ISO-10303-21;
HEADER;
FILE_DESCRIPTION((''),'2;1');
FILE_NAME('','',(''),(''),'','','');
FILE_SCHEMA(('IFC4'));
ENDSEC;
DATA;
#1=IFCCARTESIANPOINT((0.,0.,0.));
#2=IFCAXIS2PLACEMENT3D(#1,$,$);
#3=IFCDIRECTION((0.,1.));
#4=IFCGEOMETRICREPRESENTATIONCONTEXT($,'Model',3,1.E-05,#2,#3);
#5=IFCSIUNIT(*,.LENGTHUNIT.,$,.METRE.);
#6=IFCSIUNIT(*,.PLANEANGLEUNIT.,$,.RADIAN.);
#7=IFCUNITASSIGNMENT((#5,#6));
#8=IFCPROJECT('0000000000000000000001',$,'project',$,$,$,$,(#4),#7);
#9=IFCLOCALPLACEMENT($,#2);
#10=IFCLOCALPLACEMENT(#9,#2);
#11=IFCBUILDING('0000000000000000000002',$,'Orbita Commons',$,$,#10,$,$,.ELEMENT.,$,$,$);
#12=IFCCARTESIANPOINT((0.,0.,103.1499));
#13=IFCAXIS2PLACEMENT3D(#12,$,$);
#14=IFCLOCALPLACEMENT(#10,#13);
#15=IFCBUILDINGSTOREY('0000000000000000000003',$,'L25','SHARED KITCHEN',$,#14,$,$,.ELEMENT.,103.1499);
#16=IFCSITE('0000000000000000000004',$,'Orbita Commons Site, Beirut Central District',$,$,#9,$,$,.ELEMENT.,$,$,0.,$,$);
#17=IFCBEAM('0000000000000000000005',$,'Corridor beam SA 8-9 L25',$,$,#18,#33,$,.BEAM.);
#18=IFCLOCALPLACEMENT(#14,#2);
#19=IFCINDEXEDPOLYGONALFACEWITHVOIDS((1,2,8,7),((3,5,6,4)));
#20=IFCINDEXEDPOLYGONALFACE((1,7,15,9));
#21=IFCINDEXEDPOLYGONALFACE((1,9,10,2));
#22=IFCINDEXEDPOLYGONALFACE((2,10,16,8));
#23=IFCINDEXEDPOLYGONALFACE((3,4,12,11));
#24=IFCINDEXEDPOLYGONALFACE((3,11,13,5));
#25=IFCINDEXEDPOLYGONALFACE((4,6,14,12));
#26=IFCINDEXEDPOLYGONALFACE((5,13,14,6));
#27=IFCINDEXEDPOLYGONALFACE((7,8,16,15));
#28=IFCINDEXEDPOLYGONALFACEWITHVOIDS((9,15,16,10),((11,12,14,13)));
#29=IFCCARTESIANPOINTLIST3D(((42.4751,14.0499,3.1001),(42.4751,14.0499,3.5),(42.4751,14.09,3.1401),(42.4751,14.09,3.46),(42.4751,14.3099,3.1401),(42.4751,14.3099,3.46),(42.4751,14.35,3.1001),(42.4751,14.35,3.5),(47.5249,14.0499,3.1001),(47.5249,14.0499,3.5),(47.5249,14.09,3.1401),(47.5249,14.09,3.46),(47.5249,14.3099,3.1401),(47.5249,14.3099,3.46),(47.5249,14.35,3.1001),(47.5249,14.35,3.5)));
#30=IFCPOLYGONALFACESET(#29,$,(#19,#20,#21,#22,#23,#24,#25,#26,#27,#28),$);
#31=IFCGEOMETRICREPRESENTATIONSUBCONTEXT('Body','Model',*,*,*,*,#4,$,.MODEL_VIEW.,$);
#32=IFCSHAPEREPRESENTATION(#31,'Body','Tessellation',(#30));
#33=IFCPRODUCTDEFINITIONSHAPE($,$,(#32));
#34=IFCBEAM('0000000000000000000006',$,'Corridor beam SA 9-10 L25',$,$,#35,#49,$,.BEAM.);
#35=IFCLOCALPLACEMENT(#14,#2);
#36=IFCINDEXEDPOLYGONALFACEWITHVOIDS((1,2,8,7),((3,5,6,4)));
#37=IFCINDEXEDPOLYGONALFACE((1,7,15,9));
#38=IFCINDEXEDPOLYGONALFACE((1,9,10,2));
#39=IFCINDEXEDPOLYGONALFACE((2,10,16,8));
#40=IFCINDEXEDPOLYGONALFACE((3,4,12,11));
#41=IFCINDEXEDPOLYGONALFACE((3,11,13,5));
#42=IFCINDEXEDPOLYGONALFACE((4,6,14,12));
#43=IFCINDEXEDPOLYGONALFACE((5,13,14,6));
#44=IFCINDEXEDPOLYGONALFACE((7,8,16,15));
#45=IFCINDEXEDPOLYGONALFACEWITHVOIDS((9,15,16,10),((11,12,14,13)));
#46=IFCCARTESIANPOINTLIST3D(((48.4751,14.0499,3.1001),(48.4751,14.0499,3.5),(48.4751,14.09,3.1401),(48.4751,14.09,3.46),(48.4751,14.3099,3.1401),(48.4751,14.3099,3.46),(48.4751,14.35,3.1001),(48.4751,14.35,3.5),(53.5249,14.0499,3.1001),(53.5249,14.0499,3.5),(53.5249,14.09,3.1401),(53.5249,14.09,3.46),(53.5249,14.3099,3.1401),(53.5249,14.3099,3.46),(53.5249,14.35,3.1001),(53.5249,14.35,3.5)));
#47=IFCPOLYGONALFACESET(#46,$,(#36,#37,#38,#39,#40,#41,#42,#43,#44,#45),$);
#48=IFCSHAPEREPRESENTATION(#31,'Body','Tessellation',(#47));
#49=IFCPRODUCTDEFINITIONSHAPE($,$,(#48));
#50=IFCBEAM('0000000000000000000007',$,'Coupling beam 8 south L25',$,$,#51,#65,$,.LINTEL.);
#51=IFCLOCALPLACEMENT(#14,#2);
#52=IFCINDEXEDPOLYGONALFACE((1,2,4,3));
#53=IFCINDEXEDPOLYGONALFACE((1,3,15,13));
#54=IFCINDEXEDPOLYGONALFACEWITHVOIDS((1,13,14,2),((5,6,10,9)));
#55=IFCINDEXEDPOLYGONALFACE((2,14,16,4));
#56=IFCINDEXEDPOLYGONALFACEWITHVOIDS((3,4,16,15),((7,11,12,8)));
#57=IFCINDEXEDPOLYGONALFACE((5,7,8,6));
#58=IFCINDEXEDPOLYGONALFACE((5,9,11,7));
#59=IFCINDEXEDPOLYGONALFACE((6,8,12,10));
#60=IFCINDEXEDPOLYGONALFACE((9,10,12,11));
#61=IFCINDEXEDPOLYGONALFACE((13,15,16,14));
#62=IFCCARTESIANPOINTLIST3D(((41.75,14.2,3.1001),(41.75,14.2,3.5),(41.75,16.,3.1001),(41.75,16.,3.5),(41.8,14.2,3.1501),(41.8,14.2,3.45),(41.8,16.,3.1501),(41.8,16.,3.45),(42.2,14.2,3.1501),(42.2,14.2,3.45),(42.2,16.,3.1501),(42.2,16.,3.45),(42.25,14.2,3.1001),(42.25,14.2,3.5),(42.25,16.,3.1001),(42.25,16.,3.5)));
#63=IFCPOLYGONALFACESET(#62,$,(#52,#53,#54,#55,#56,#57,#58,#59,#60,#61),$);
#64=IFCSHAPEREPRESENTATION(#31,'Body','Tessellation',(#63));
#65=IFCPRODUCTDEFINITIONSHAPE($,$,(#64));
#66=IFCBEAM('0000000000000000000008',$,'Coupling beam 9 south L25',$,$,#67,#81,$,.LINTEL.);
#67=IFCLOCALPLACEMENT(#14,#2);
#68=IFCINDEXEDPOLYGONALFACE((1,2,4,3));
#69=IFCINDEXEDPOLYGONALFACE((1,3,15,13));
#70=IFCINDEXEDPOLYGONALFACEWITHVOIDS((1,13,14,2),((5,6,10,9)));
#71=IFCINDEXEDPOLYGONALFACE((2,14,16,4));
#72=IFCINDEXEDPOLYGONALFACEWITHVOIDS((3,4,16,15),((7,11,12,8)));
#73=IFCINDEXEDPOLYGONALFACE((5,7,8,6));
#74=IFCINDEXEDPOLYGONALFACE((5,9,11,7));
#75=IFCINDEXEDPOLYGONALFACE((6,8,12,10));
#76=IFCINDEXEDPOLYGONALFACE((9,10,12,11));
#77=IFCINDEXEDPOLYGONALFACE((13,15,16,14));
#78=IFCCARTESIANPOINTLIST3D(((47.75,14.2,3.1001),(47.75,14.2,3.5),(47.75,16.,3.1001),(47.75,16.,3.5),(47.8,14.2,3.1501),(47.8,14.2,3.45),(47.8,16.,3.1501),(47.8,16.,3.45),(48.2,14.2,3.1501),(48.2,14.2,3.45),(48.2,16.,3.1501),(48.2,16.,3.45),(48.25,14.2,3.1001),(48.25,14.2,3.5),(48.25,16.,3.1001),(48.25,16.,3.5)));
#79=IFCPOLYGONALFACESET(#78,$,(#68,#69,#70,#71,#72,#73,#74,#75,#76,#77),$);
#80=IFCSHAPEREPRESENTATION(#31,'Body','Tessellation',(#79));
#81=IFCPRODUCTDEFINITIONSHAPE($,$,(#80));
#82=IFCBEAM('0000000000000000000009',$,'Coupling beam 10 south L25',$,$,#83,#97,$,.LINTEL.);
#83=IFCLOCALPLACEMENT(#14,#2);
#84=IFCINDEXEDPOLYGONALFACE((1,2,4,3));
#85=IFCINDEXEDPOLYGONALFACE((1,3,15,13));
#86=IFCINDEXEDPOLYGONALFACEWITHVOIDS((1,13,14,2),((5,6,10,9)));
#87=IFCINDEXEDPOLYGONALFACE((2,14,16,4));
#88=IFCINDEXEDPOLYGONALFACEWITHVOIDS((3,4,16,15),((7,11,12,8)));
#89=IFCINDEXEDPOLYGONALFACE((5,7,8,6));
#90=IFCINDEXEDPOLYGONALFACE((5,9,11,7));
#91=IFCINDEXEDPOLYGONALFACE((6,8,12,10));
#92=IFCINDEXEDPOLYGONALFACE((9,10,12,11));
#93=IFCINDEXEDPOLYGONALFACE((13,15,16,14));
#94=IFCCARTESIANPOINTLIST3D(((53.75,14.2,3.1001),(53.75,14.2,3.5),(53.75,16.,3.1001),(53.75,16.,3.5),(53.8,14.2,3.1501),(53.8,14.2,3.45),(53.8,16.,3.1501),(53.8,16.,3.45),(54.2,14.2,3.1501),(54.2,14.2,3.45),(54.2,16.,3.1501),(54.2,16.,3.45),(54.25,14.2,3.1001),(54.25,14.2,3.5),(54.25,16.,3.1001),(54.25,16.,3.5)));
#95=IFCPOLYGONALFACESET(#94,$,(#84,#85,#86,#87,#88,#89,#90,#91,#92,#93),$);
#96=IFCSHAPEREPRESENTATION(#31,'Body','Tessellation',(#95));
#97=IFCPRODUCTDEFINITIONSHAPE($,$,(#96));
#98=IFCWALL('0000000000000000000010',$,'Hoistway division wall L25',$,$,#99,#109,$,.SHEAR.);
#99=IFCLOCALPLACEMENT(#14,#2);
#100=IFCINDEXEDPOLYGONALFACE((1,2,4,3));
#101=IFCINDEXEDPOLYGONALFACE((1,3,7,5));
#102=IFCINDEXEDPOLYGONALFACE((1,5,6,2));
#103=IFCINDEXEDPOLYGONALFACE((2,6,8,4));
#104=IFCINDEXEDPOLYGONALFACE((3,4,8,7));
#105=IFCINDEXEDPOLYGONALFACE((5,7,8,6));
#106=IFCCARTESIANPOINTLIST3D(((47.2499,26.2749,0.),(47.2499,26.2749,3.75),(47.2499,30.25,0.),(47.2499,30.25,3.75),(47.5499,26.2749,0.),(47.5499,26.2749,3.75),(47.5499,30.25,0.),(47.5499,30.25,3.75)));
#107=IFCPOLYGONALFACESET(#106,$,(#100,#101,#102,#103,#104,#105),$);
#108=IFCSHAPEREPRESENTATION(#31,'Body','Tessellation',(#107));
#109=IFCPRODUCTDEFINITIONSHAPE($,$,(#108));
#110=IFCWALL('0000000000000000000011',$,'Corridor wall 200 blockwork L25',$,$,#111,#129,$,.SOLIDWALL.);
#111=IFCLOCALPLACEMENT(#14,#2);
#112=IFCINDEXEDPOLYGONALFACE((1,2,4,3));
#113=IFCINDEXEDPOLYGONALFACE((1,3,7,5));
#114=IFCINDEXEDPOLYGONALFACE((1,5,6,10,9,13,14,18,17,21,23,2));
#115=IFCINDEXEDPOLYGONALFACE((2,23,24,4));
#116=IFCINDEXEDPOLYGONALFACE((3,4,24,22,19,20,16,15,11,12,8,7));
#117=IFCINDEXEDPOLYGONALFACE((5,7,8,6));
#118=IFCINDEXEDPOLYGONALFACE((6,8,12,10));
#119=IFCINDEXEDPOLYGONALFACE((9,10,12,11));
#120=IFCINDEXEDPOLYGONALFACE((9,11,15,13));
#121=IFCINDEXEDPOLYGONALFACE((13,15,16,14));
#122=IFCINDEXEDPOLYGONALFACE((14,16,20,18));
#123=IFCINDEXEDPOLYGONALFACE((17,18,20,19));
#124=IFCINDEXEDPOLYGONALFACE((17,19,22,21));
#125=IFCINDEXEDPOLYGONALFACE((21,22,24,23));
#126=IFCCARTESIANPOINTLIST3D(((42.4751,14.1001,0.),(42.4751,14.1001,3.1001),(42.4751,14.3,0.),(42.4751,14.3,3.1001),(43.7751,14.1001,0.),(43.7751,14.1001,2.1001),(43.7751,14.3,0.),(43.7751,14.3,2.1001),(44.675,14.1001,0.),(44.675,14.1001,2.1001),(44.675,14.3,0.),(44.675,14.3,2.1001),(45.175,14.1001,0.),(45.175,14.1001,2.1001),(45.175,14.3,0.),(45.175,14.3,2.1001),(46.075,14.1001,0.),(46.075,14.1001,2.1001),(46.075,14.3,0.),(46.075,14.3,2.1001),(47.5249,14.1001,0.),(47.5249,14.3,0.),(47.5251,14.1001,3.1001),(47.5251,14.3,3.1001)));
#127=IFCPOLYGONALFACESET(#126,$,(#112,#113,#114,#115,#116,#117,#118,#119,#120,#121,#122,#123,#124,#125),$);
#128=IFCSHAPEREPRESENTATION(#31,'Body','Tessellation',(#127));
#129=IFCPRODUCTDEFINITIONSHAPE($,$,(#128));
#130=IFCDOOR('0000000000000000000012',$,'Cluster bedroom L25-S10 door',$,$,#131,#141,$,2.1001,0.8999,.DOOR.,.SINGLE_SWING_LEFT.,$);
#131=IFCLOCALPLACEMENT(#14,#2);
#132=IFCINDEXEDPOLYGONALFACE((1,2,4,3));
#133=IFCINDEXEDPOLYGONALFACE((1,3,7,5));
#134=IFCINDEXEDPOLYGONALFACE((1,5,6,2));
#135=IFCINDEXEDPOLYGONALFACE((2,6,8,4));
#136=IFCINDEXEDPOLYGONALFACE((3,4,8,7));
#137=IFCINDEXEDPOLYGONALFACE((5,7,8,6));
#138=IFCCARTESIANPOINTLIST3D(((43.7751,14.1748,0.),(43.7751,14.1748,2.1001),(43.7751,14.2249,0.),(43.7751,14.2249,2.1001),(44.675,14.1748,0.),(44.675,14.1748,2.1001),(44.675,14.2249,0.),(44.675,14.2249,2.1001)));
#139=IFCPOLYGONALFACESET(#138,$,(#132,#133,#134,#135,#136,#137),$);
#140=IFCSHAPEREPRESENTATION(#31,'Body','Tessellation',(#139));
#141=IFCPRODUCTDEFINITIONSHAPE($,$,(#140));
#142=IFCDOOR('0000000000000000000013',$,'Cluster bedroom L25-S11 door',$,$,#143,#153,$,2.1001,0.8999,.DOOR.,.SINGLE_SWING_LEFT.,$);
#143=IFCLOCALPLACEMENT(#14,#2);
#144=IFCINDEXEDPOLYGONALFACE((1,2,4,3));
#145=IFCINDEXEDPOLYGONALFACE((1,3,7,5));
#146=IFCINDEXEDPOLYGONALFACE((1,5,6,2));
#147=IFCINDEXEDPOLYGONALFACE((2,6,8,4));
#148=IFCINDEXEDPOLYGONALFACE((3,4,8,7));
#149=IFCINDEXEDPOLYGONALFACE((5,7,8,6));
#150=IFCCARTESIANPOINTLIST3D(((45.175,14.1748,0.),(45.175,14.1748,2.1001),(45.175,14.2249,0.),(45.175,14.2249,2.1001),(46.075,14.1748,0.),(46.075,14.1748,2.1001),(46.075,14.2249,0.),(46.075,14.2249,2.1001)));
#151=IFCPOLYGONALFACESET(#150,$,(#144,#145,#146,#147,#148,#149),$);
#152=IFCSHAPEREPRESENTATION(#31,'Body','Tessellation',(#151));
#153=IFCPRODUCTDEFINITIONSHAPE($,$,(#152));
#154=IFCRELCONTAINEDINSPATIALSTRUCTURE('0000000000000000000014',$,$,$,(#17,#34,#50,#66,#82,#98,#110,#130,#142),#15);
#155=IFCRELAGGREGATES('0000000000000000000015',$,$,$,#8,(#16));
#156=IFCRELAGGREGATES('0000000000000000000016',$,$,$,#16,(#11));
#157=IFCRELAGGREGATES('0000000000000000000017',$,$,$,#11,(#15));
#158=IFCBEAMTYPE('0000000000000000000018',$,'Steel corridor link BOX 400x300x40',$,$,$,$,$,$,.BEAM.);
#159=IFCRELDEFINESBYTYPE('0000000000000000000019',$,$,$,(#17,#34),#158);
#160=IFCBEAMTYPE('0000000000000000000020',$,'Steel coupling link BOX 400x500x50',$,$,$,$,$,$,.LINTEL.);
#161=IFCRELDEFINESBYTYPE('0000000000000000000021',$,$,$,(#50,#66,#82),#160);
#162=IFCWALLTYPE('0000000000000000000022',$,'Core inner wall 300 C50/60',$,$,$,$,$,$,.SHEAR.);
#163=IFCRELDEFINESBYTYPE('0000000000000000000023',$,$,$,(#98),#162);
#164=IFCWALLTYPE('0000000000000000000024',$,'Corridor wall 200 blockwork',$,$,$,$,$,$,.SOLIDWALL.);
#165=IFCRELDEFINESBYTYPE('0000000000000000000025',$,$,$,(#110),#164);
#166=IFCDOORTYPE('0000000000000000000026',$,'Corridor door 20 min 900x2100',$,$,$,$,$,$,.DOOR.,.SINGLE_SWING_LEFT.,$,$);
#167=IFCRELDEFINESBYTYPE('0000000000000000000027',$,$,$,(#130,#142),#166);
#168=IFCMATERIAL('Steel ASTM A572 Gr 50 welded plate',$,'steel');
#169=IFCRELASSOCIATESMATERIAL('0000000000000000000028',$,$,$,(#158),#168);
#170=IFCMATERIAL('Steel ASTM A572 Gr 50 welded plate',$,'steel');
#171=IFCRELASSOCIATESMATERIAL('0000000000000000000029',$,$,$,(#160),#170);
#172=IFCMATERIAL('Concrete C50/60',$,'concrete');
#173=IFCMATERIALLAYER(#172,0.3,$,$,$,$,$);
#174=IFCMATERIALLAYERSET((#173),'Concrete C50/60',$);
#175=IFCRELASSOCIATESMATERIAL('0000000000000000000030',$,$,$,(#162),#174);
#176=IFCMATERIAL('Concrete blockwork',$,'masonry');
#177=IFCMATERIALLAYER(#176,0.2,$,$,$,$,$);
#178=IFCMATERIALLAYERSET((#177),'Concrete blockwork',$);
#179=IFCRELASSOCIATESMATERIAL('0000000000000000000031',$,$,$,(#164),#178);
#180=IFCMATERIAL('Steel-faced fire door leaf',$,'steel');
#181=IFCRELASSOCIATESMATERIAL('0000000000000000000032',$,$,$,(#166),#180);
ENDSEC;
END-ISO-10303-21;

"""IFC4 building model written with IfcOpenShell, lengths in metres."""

from ifc_helpers import new_model, si_unit, direction, frame, frame_2d, origin, origin_2d, place, context, subcontext, project, spatial, polyline, rectangle, hollow_rectangle, outline, extrude, material, layer, layer_set, material_profile, profile_set, type_object, element, fill, save


model = new_model("IFC4")

# Units and contexts
model_context = context("Model", 3, precision=1e-05, world=origin(), true_north=direction((0.0, 1.0)))
body_context = subcontext(model_context, "Body", "Model", "MODEL_VIEW")
ifc_project = project(units=[si_unit("LENGTHUNIT", "METRE"), si_unit("PLANEANGLEUNIT", "RADIAN")], contexts=[model_context])

# Site, building, storey
site_placement = place(None, origin())
site = spatial("IfcSite", under=ifc_project, at=site_placement, Name="Orbita Commons Site, Beirut Central District", CompositionType="ELEMENT", RefElevation=0.0)
building_placement = place(site_placement, origin())
building = spatial("IfcBuilding", under=site, at=building_placement, Name="Orbita Commons", CompositionType="ELEMENT")
storey_placement = place(building_placement, frame((0.0, 0.0, 103.1499)))
storey = spatial("IfcBuildingStorey", under=building, at=storey_placement, Name="L25", Description="SHARED KITCHEN", CompositionType="ELEMENT", Elevation=103.1499)

# Beams
ifc_material_1 = material(Name="Steel ASTM A572 Gr 50 welded plate", Category="steel")
ifc_material_profile_1 = material_profile(ifc_material_1, hollow_rectangle(XDim=0.3, YDim=0.3999, WallThickness=0.04, at=origin_2d()), Name="BOX 400x300x40")
ifc_profile_set_1 = profile_set([ifc_material_profile_1], Name="Steel ASTM A572 Gr 50 welded plate")
beam_type_1 = type_object("IfcBeamType", Name="Steel corridor link BOX 400x300x40", PredefinedType="BEAM", material=ifc_profile_set_1)
for number, where, z_axis, x_axis, name in (
    (1, (42.4751, 14.2, 3.3), (1.0, 0.0, 0.0), (0.0, 1.0, 0.0), "Corridor beam SA 8-9 L25"),
    (2, (48.4751, 14.2, 3.3), (1.0, 0.0, 0.0), (0.0, 1.0, 0.0), "Corridor beam SA 9-10 L25"),
):
    element("IfcBeam", number, at=place(storey_placement, frame(where, z_axis=z_axis, x_axis=x_axis)), inside=storey, type_object=beam_type_1, Name=name, PredefinedType="BEAM", context=body_context, shape_type="SweptSolid", body=[
        extrude(hollow_rectangle(XDim=0.3, YDim=0.3999, WallThickness=0.04, at=origin_2d()), origin(), (0.0, 0.0, 1.0), 5.0498),
    ])
ifc_material_2 = material(Name="Steel ASTM A572 Gr 50 welded plate", Category="steel")
ifc_material_profile_2 = material_profile(ifc_material_2, hollow_rectangle(XDim=0.5, YDim=0.3999, WallThickness=0.05, at=origin_2d()), Name="BOX 400x500x50")
ifc_profile_set_2 = profile_set([ifc_material_profile_2], Name="Steel ASTM A572 Gr 50 welded plate")
beam_type_2 = type_object("IfcBeamType", Name="Steel coupling link BOX 400x500x50", PredefinedType="LINTEL", material=ifc_profile_set_2)
for number, where, z_axis, x_axis, name in (
    (3, (42.0, 14.2, 3.3), (0.0, 1.0, 0.0), (-1.0, 0.0, 0.0), "Coupling beam 8 south L25"),
    (4, (48.0, 14.2, 3.3), (0.0, 1.0, 0.0), (-1.0, 0.0, 0.0), "Coupling beam 9 south L25"),
    (5, (54.0, 14.2, 3.3), (0.0, 1.0, 0.0), (-1.0, 0.0, 0.0), "Coupling beam 10 south L25"),
):
    element("IfcBeam", number, at=place(storey_placement, frame(where, z_axis=z_axis, x_axis=x_axis)), inside=storey, type_object=beam_type_2, Name=name, PredefinedType="LINTEL", context=body_context, shape_type="SweptSolid", body=[
        extrude(hollow_rectangle(XDim=0.5, YDim=0.3999, WallThickness=0.05, at=origin_2d()), origin(), (0.0, 0.0, 1.0), 1.8),
    ])

# Wall
ifc_material_3 = material(Name="Concrete C50/60", Category="concrete")
ifc_layer_1 = layer(ifc_material_3, 0.3)
ifc_layer_set_1 = layer_set([ifc_layer_1], Name="Concrete C50/60")
wall_type_1 = type_object("IfcWallType", Name="Core inner wall 300 C50/60", PredefinedType="SHEAR", material=ifc_layer_set_1)
wall_1_placement = place(storey_placement, frame((47.3999, 26.2749, 0.0), z_axis=(0.0, 0.0, 1.0), x_axis=(0.0, 1.0, 0.0)))
element("IfcWall", 6, at=wall_1_placement, inside=storey, type_object=wall_type_1, Name="Hoistway division wall L25", PredefinedType="SHEAR", context=body_context, shape_type="SweptSolid", body=[
    extrude(rectangle(XDim=3.9751, YDim=0.3, at=frame_2d((1.9875, 0.0))), origin(), (0.0, 0.0, 1.0), 3.75),
])

# Wall, openings, doors
ifc_material_4 = material(Name="Concrete blockwork", Category="masonry")
ifc_layer_2 = layer(ifc_material_4, 0.2)
ifc_layer_set_2 = layer_set([ifc_layer_2], Name="Concrete blockwork")
wall_type_2 = type_object("IfcWallType", Name="Corridor wall 200 blockwork", PredefinedType="SOLIDWALL", material=ifc_layer_set_2)
wall_2_placement = place(storey_placement, frame((42.4751, 14.2, 0.0), z_axis=(0.0, 0.0, 1.0), x_axis=(1.0, 0.0, 0.0)))
wall_2 = element("IfcWall", 7, at=wall_2_placement, inside=storey, type_object=wall_type_2, Name="Corridor wall 200 blockwork L25", PredefinedType="SOLIDWALL", context=body_context, shape_type="SweptSolid", body=[
    extrude(outline(polyline([(0.0, 0.0), (5.0498, 0.0), (5.05, 3.1001), (0.0, 3.1001), (0.0, 0.0)])), frame((0.0, 0.1001, 0.0), z_axis=(0.0, -1.0, 0.0), x_axis=(1.0, 0.0, 0.0)), (0.0, 0.0, 1.0), 0.2),
])
opening_1_placement = place(wall_2_placement, frame((1.3, 0.0, 0.0)))
opening_1 = element("IfcOpeningElement", 8, at=opening_1_placement, cuts=wall_2, PredefinedType="OPENING", context=body_context, shape_type="SweptSolid", body=[
    extrude(rectangle(XDim=0.8999, YDim=2.1001, at=frame_2d((0.45, 1.05))), frame((0.0, 0.1099, 0.0), z_axis=(0.0, -1.0, 0.0), x_axis=(1.0, 0.0, 0.0)), (0.0, 0.0, 1.0), 0.22),
])
opening_2_placement = place(wall_2_placement, frame((2.7, 0.0, 0.0)))
opening_2 = element("IfcOpeningElement", 9, at=opening_2_placement, cuts=wall_2, PredefinedType="OPENING", context=body_context, shape_type="SweptSolid", body=[
    extrude(rectangle(XDim=0.8999, YDim=2.1001, at=frame_2d((0.45, 1.05))), frame((0.0, 0.1099, 0.0), z_axis=(0.0, -1.0, 0.0), x_axis=(1.0, 0.0, 0.0)), (0.0, 0.0, 1.0), 0.22),
])
ifc_material_5 = material(Name="Steel-faced fire door leaf", Category="steel")
door_type = type_object("IfcDoorType", Name="Corridor door 20 min 900x2100", OperationType="SINGLE_SWING_LEFT", PredefinedType="DOOR", material=ifc_material_5)
door_1_placement = place(opening_1_placement, origin())
door_1 = element("IfcDoor", 10, at=door_1_placement, inside=storey, type_object=door_type, Name="Cluster bedroom L25-S10 door", OperationType="SINGLE_SWING_LEFT", OverallHeight=2.1001, OverallWidth=0.8999, PredefinedType="DOOR", context=body_context, shape_type="SweptSolid", body=[
    extrude(rectangle(XDim=0.8999, YDim=2.1001, at=frame_2d((0.45, 1.05))), frame((0.0, 0.0249, 0.0), z_axis=(0.0, -1.0, 0.0), x_axis=(1.0, 0.0, 0.0)), (0.0, 0.0, 1.0), 0.05),
])
fill(opening_1, door_1)
door_2_placement = place(opening_2_placement, origin())
door_2 = element("IfcDoor", 11, at=door_2_placement, inside=storey, type_object=door_type, Name="Cluster bedroom L25-S11 door", OperationType="SINGLE_SWING_LEFT", OverallHeight=2.1001, OverallWidth=0.8999, PredefinedType="DOOR", context=body_context, shape_type="SweptSolid", body=[
    extrude(rectangle(XDim=0.8999, YDim=2.1001, at=frame_2d((0.45, 1.05))), frame((0.0, 0.0249, 0.0), z_axis=(0.0, -1.0, 0.0), x_axis=(1.0, 0.0, 0.0)), (0.0, 0.0, 1.0), 0.05),
])
fill(opening_2, door_2)

save(model, "model.ifc")
